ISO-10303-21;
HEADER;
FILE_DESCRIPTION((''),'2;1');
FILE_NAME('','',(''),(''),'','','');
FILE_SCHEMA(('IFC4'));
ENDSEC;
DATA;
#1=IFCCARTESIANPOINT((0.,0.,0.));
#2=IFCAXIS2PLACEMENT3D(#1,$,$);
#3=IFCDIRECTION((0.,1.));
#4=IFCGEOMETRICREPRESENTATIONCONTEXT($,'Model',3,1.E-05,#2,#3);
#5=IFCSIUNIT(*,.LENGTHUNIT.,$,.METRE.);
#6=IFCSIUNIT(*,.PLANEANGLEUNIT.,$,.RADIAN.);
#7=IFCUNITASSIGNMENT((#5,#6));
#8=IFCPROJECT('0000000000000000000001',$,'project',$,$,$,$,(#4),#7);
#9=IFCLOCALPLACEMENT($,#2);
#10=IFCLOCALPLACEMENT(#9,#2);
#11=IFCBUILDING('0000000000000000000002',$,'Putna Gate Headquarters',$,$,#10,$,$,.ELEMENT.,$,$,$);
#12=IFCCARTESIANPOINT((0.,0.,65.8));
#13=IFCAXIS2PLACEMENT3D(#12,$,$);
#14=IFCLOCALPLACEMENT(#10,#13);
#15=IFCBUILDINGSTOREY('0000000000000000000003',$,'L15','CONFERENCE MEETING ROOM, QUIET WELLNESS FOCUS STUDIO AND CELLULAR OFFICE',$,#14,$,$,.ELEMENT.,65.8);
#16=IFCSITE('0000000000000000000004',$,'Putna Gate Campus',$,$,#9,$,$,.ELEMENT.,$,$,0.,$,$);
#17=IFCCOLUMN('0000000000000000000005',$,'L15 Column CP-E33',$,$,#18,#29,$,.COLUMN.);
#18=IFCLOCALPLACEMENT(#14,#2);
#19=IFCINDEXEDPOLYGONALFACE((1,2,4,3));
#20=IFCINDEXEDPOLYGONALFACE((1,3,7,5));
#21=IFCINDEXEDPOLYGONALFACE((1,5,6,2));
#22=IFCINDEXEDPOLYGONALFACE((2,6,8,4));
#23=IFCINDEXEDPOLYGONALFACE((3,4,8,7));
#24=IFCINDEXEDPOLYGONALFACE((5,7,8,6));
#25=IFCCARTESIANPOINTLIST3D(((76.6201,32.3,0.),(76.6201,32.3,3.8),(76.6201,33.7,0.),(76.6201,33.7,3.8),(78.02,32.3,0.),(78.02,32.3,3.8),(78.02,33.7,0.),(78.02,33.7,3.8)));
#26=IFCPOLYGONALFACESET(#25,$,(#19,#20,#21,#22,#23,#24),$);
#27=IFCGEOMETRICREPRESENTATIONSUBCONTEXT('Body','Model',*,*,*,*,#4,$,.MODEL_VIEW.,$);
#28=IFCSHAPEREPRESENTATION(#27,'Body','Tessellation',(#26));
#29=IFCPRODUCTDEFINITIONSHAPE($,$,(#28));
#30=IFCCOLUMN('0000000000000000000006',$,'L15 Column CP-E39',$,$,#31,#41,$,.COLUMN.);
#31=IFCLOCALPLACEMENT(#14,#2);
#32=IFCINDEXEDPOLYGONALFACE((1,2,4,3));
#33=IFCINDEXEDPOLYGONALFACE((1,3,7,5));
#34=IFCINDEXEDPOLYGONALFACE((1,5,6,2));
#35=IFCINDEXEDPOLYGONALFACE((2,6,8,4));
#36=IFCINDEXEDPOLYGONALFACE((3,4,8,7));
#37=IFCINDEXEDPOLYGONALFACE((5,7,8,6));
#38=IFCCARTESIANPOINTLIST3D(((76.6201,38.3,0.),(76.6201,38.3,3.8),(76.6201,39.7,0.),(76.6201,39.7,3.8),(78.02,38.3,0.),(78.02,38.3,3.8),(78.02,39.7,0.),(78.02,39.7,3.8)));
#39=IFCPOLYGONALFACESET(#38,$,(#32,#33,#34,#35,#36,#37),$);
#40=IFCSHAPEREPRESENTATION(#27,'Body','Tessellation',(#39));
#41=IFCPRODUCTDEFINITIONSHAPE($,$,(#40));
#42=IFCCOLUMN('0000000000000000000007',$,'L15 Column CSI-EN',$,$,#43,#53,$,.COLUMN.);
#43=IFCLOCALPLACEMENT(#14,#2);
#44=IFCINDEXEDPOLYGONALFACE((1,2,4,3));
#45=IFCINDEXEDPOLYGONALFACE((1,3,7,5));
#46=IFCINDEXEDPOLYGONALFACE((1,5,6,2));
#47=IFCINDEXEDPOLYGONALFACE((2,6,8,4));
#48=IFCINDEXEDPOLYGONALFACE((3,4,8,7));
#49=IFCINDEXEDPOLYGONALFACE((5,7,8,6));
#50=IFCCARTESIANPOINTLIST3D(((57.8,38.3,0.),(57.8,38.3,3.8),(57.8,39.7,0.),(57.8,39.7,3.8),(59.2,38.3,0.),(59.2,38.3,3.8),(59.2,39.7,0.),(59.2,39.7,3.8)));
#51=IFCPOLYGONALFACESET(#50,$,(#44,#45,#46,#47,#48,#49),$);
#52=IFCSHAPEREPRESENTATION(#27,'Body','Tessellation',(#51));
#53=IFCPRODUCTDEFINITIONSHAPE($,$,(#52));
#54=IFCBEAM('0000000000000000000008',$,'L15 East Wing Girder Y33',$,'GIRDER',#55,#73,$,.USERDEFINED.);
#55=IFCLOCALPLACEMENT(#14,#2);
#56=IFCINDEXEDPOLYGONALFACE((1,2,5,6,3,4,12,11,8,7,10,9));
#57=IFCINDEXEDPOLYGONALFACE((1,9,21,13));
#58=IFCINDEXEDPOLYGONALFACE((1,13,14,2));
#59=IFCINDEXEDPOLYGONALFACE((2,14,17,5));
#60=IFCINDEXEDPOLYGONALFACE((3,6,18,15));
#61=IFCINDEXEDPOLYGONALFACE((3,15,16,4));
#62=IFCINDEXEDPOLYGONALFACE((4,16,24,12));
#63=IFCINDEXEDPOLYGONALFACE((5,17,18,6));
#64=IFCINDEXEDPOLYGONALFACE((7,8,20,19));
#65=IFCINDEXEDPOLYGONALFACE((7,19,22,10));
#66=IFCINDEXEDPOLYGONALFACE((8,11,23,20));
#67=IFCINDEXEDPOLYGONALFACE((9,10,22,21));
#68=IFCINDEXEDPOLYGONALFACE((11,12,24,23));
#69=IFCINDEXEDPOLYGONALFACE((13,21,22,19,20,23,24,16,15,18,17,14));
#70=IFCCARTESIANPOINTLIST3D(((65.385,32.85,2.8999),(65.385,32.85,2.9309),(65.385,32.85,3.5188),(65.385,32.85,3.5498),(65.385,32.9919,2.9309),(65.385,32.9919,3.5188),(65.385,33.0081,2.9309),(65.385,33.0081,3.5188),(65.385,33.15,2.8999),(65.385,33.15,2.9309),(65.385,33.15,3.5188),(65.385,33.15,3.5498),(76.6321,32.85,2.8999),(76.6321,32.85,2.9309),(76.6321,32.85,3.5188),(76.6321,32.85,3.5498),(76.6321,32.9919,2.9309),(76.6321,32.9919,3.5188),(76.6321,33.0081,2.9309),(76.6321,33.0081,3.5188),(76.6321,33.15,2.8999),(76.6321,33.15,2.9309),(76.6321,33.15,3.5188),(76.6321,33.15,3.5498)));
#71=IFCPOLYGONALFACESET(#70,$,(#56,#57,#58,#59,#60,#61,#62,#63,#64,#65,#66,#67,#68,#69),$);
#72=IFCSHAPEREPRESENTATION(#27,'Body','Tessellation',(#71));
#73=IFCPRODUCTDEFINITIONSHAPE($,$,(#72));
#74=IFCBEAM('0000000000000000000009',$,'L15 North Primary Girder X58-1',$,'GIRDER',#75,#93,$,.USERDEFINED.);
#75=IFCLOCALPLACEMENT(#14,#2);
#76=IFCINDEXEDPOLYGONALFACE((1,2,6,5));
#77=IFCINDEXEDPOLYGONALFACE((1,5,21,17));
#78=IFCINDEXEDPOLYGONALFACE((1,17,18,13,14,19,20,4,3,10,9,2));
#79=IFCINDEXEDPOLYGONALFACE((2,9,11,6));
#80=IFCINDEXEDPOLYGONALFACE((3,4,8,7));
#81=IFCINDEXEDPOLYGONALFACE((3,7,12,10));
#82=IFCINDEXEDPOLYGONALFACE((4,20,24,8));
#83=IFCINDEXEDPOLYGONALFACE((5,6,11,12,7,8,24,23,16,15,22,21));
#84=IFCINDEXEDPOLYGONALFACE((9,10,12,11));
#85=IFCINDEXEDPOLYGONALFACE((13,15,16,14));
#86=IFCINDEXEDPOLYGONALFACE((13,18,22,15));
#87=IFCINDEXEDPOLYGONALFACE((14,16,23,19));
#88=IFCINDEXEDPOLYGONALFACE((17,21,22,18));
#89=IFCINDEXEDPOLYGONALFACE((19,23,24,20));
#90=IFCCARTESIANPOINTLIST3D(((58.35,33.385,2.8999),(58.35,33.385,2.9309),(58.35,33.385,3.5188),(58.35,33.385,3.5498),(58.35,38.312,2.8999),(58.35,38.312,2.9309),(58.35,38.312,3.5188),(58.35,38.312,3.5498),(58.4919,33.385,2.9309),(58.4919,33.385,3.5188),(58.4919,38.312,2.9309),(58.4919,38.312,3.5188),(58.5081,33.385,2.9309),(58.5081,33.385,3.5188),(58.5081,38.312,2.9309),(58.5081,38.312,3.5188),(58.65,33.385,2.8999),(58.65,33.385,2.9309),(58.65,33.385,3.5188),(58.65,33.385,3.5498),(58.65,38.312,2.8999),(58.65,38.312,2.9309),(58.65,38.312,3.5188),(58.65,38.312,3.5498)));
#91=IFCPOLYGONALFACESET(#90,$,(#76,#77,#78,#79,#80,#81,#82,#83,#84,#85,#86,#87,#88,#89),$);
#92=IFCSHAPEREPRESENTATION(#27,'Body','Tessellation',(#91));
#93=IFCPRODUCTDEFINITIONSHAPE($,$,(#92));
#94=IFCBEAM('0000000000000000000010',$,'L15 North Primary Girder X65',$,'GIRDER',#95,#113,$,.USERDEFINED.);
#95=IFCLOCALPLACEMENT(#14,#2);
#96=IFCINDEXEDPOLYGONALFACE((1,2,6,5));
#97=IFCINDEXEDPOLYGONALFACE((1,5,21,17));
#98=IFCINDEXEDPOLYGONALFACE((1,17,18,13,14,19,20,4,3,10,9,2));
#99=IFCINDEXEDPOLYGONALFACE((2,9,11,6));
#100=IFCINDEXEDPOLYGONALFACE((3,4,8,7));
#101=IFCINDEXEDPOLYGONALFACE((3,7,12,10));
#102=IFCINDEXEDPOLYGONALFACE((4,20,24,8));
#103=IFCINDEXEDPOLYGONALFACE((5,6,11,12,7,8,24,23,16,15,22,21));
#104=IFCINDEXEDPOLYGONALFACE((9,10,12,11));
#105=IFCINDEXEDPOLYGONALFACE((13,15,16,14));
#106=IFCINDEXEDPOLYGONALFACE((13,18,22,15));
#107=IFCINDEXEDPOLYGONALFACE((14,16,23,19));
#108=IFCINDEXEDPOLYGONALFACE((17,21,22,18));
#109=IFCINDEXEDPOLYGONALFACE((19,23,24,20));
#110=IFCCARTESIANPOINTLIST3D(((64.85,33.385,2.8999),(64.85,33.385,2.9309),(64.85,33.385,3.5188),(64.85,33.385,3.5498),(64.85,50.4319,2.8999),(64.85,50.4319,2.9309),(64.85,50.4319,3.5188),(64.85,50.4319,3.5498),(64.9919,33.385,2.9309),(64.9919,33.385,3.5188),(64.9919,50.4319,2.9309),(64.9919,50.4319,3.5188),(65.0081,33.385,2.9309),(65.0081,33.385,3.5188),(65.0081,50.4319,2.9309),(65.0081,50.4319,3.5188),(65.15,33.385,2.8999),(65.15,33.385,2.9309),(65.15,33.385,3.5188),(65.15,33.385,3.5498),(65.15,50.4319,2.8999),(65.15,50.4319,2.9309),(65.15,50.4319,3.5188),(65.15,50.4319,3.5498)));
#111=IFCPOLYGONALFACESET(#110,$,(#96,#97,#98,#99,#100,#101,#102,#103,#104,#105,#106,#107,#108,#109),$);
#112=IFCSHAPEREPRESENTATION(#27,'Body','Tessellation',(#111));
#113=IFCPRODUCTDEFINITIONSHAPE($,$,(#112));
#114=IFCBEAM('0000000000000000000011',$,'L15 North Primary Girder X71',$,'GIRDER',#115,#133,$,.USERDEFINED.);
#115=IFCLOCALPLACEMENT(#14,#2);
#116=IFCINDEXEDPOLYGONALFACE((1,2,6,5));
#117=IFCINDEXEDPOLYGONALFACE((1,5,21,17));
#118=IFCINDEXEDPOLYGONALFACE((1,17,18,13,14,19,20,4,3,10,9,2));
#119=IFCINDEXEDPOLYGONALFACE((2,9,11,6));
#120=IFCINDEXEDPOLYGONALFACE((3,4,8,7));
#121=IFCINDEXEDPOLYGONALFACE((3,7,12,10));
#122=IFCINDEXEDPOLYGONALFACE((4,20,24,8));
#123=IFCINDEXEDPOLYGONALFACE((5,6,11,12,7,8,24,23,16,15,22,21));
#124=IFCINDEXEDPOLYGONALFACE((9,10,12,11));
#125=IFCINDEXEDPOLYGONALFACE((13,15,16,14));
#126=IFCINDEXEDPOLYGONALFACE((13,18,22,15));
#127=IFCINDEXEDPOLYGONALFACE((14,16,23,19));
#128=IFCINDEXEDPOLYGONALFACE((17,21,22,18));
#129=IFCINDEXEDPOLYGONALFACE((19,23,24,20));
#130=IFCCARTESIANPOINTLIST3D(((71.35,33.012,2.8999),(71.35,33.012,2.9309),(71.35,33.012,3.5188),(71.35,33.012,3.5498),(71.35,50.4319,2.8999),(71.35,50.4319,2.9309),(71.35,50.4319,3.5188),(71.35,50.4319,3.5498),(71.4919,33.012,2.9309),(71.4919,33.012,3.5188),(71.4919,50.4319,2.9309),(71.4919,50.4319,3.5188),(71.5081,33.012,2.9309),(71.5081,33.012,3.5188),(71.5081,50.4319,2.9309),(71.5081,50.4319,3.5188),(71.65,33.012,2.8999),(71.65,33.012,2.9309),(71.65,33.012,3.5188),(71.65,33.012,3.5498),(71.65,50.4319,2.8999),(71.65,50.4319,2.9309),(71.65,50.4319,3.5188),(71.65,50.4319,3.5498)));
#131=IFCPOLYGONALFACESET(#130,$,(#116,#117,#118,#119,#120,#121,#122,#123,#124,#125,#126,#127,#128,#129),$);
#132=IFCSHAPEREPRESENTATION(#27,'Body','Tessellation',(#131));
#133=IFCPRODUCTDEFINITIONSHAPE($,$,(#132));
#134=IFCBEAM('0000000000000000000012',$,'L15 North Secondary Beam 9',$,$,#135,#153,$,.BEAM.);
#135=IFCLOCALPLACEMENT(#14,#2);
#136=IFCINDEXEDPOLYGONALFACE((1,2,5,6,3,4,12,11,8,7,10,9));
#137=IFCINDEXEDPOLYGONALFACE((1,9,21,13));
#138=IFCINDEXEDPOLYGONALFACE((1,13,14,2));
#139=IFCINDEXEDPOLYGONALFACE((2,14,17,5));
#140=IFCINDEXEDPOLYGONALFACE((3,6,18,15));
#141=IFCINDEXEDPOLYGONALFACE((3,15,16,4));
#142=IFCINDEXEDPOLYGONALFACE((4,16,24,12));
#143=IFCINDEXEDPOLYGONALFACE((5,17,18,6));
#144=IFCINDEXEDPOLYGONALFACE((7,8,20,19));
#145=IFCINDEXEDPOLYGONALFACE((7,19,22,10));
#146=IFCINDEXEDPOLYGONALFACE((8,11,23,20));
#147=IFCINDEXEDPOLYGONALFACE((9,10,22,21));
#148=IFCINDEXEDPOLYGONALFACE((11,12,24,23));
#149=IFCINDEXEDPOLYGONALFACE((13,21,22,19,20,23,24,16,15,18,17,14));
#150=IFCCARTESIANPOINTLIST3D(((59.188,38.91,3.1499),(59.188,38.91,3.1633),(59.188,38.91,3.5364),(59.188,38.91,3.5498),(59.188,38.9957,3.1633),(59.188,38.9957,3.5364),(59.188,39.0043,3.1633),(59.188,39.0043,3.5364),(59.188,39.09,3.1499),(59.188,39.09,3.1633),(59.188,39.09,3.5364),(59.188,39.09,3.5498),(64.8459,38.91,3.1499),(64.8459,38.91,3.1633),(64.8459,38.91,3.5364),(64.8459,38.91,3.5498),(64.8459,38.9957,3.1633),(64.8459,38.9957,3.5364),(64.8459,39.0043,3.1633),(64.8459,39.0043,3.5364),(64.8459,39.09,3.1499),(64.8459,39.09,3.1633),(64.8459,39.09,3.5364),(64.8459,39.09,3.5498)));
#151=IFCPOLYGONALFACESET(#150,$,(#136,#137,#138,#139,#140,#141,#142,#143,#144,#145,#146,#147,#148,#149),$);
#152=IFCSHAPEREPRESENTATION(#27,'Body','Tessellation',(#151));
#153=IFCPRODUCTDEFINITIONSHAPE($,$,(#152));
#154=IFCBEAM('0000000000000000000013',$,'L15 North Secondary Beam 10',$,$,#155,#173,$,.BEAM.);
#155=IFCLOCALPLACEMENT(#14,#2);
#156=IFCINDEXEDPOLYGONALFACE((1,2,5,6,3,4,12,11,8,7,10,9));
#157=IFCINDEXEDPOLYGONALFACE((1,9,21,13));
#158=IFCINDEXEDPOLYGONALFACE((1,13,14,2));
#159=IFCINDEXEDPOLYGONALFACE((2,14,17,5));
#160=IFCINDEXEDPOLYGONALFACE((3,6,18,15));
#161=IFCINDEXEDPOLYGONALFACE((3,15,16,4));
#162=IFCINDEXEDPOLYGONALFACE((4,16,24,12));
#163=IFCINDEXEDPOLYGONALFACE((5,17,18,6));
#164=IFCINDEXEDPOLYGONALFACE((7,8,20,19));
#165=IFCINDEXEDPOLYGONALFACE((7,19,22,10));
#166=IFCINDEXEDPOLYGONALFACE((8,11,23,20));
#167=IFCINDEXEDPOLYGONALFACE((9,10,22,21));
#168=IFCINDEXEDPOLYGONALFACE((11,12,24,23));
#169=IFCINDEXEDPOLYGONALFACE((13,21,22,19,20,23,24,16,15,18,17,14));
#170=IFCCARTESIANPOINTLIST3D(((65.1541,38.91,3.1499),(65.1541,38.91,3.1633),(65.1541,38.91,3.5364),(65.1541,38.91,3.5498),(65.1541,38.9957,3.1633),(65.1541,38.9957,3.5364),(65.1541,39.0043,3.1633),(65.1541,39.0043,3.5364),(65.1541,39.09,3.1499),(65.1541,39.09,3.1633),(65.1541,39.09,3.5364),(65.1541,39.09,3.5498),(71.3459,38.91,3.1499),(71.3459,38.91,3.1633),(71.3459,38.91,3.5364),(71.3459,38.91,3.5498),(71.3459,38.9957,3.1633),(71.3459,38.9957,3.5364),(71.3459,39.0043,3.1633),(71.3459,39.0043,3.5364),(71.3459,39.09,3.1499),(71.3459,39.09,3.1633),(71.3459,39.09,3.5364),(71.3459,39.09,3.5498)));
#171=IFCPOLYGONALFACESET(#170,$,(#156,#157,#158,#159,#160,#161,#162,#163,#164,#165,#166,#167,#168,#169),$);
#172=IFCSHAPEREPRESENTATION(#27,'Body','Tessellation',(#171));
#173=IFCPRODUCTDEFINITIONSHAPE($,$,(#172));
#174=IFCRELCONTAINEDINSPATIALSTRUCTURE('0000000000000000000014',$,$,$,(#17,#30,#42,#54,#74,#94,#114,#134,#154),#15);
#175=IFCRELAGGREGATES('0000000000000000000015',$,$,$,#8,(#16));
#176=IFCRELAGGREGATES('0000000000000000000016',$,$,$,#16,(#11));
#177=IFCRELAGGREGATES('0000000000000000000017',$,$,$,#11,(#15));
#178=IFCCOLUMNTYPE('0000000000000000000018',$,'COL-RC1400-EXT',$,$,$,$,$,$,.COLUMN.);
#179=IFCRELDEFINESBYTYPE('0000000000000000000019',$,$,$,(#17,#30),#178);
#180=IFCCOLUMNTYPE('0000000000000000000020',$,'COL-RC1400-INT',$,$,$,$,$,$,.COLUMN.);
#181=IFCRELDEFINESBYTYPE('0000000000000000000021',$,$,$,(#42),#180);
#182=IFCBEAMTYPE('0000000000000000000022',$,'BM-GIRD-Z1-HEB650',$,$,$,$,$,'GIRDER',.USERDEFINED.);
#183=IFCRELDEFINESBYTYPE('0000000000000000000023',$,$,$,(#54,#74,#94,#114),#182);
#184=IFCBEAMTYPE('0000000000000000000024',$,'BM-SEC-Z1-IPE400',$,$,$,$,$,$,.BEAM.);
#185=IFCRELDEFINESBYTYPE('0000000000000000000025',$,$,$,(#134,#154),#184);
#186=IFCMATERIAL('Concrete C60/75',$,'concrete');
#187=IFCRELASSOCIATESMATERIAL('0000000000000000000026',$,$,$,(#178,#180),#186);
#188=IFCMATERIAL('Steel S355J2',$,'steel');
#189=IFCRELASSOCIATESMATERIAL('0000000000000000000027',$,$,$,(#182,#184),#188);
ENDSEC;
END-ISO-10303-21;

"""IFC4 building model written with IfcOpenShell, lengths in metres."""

from ifc_helpers import new_model, si_unit, direction, frame, origin, origin_2d, place, context, subcontext, project, spatial, rectangle, i_section, extrude, material, material_profile, profile_set, type_object, element, save


model = new_model("IFC4")

# Units and contexts
model_context = context("Model", 3, precision=1e-05, world=origin(), true_north=direction((0.0, 1.0)))
body_context = subcontext(model_context, "Body", "Model", "MODEL_VIEW")
ifc_project = project(units=[si_unit("LENGTHUNIT", "METRE"), si_unit("PLANEANGLEUNIT", "RADIAN")], contexts=[model_context])

# Site, building, storey
site_placement = place(None, origin())
site = spatial("IfcSite", under=ifc_project, at=site_placement, Name="Putna Gate Campus", CompositionType="ELEMENT", RefElevation=0.0)
building_placement = place(site_placement, origin())
building = spatial("IfcBuilding", under=site, at=building_placement, Name="Putna Gate Headquarters", CompositionType="ELEMENT")
storey_placement = place(building_placement, frame((0.0, 0.0, 65.8)))
storey = spatial("IfcBuildingStorey", under=building, at=storey_placement, Name="L15", Description="CONFERENCE MEETING ROOM, QUIET WELLNESS FOCUS STUDIO AND CELLULAR OFFICE", CompositionType="ELEMENT", Elevation=65.8)

# Columns
ifc_material_1 = material(Name="Concrete C60/75", Category="concrete")
ifc_material_profile_1 = material_profile(ifc_material_1, rectangle(XDim=1.3999, YDim=1.3999, at=origin_2d()), Name="Concrete C60/75")
ifc_profile_set_1 = profile_set([ifc_material_profile_1], Name="Concrete C60/75")
column_type_1 = type_object("IfcColumnType", Name="COL-RC1400-EXT", PredefinedType="COLUMN", material=ifc_profile_set_1)
for number, where, z_axis, x_axis, name in (
    (1, (77.3201, 33.0, 0.0), (0.0, 0.0, 1.0), (1.0, 0.0, 0.0), "L15 Column CP-E33"),
    (2, (77.3201, 39.0, 0.0), (0.0, 0.0, 1.0), (1.0, 0.0, 0.0), "L15 Column CP-E39"),
):
    element("IfcColumn", number, at=place(storey_placement, frame(where, z_axis=z_axis, x_axis=x_axis)), inside=storey, type_object=column_type_1, Name=name, PredefinedType="COLUMN", context=body_context, shape_type="SweptSolid", body=[
        extrude(rectangle(XDim=1.3999, YDim=1.3999, at=origin_2d()), origin(), (0.0, 0.0, 1.0), 3.8),
    ])
ifc_material_profile_2 = material_profile(ifc_material_1, rectangle(XDim=1.3999, YDim=1.3999, at=origin_2d()), Name="Concrete C60/75")
ifc_profile_set_2 = profile_set([ifc_material_profile_2], Name="Concrete C60/75")
column_type_2 = type_object("IfcColumnType", Name="COL-RC1400-INT", PredefinedType="COLUMN", material=ifc_profile_set_2)
column_placement = place(storey_placement, frame((58.5, 39.0, 0.0), z_axis=(0.0, 0.0, 1.0), x_axis=(1.0, 0.0, 0.0)))
element("IfcColumn", 3, at=column_placement, inside=storey, type_object=column_type_2, Name="L15 Column CSI-EN", PredefinedType="COLUMN", context=body_context, shape_type="SweptSolid", body=[
    extrude(rectangle(XDim=1.3999, YDim=1.3999, at=origin_2d()), origin(), (0.0, 0.0, 1.0), 3.8),
])

# Beams
ifc_material_2 = material(Name="Steel S355J2", Category="steel")
ifc_material_profile_3 = material_profile(ifc_material_2, i_section(OverallWidth=0.3, OverallDepth=0.6499, WebThickness=0.0161, FlangeThickness=0.031, at=origin_2d()), Name="Steel S355J2")
ifc_profile_set_3 = profile_set([ifc_material_profile_3], Name="Steel S355J2")
beam_type_1 = type_object("IfcBeamType", Name="BM-GIRD-Z1-HEB650", ElementType="GIRDER", PredefinedType="USERDEFINED", material=ifc_profile_set_3)
beam_1_placement = place(storey_placement, frame((65.385, 33.0, 3.2249), z_axis=(1.0, 0.0, 0.0), x_axis=(0.0, 1.0, 0.0)))
element("IfcBeam", 4, at=beam_1_placement, inside=storey, type_object=beam_type_1, Name="L15 East Wing Girder Y33", ObjectType="GIRDER", PredefinedType="USERDEFINED", context=body_context, shape_type="SweptSolid", body=[
    extrude(i_section(OverallWidth=0.3, OverallDepth=0.6499, WebThickness=0.0161, FlangeThickness=0.031, at=origin_2d()), origin(), (0.0, 0.0, 1.0), 11.2471),
])
beam_2_placement = place(storey_placement, frame((58.5, 33.385, 3.2249), z_axis=(0.0, 1.0, 0.0), x_axis=(-1.0, 0.0, 0.0)))
element("IfcBeam", 5, at=beam_2_placement, inside=storey, type_object=beam_type_1, Name="L15 North Primary Girder X58-1", ObjectType="GIRDER", PredefinedType="USERDEFINED", context=body_context, shape_type="SweptSolid", body=[
    extrude(i_section(OverallWidth=0.3, OverallDepth=0.6499, WebThickness=0.0161, FlangeThickness=0.031, at=origin_2d()), origin(), (0.0, 0.0, 1.0), 4.927),
])
beam_3_placement = place(storey_placement, frame((65.0, 33.385, 3.2249), z_axis=(0.0, 1.0, 0.0), x_axis=(-1.0, 0.0, 0.0)))
element("IfcBeam", 6, at=beam_3_placement, inside=storey, type_object=beam_type_1, Name="L15 North Primary Girder X65", ObjectType="GIRDER", PredefinedType="USERDEFINED", context=body_context, shape_type="SweptSolid", body=[
    extrude(i_section(OverallWidth=0.3, OverallDepth=0.6499, WebThickness=0.0161, FlangeThickness=0.031, at=origin_2d()), origin(), (0.0, 0.0, 1.0), 17.0469),
])
beam_4_placement = place(storey_placement, frame((71.5, 33.012, 3.2249), z_axis=(0.0, 1.0, 0.0), x_axis=(-1.0, 0.0, 0.0)))
element("IfcBeam", 7, at=beam_4_placement, inside=storey, type_object=beam_type_1, Name="L15 North Primary Girder X71", ObjectType="GIRDER", PredefinedType="USERDEFINED", context=body_context, shape_type="SweptSolid", body=[
    extrude(i_section(OverallWidth=0.3, OverallDepth=0.6499, WebThickness=0.0161, FlangeThickness=0.031, at=origin_2d()), origin(), (0.0, 0.0, 1.0), 17.4199),
])
ifc_material_profile_4 = material_profile(ifc_material_2, i_section(OverallWidth=0.1799, OverallDepth=0.3999, WebThickness=0.0085, FlangeThickness=0.0134, at=origin_2d()), Name="Steel S355J2")
ifc_profile_set_4 = profile_set([ifc_material_profile_4], Name="Steel S355J2")
beam_type_2 = type_object("IfcBeamType", Name="BM-SEC-Z1-IPE400", PredefinedType="BEAM", material=ifc_profile_set_4)
beam_5_placement = place(storey_placement, frame((59.188, 39.0, 3.3499), z_axis=(1.0, 0.0, 0.0), x_axis=(0.0, 1.0, 0.0)))
element("IfcBeam", 8, at=beam_5_placement, inside=storey, type_object=beam_type_2, Name="L15 North Secondary Beam 9", PredefinedType="BEAM", context=body_context, shape_type="SweptSolid", body=[
    extrude(i_section(OverallWidth=0.1799, OverallDepth=0.3999, WebThickness=0.0085, FlangeThickness=0.0134, at=origin_2d()), origin(), (0.0, 0.0, 1.0), 5.658),
])
beam_6_placement = place(storey_placement, frame((65.1541, 39.0, 3.3499), z_axis=(1.0, 0.0, 0.0), x_axis=(0.0, 1.0, 0.0)))
element("IfcBeam", 9, at=beam_6_placement, inside=storey, type_object=beam_type_2, Name="L15 North Secondary Beam 10", PredefinedType="BEAM", context=body_context, shape_type="SweptSolid", body=[
    extrude(i_section(OverallWidth=0.1799, OverallDepth=0.3999, WebThickness=0.0085, FlangeThickness=0.0134, at=origin_2d()), origin(), (0.0, 0.0, 1.0), 6.1919),
])

save(model, "model.ifc")
